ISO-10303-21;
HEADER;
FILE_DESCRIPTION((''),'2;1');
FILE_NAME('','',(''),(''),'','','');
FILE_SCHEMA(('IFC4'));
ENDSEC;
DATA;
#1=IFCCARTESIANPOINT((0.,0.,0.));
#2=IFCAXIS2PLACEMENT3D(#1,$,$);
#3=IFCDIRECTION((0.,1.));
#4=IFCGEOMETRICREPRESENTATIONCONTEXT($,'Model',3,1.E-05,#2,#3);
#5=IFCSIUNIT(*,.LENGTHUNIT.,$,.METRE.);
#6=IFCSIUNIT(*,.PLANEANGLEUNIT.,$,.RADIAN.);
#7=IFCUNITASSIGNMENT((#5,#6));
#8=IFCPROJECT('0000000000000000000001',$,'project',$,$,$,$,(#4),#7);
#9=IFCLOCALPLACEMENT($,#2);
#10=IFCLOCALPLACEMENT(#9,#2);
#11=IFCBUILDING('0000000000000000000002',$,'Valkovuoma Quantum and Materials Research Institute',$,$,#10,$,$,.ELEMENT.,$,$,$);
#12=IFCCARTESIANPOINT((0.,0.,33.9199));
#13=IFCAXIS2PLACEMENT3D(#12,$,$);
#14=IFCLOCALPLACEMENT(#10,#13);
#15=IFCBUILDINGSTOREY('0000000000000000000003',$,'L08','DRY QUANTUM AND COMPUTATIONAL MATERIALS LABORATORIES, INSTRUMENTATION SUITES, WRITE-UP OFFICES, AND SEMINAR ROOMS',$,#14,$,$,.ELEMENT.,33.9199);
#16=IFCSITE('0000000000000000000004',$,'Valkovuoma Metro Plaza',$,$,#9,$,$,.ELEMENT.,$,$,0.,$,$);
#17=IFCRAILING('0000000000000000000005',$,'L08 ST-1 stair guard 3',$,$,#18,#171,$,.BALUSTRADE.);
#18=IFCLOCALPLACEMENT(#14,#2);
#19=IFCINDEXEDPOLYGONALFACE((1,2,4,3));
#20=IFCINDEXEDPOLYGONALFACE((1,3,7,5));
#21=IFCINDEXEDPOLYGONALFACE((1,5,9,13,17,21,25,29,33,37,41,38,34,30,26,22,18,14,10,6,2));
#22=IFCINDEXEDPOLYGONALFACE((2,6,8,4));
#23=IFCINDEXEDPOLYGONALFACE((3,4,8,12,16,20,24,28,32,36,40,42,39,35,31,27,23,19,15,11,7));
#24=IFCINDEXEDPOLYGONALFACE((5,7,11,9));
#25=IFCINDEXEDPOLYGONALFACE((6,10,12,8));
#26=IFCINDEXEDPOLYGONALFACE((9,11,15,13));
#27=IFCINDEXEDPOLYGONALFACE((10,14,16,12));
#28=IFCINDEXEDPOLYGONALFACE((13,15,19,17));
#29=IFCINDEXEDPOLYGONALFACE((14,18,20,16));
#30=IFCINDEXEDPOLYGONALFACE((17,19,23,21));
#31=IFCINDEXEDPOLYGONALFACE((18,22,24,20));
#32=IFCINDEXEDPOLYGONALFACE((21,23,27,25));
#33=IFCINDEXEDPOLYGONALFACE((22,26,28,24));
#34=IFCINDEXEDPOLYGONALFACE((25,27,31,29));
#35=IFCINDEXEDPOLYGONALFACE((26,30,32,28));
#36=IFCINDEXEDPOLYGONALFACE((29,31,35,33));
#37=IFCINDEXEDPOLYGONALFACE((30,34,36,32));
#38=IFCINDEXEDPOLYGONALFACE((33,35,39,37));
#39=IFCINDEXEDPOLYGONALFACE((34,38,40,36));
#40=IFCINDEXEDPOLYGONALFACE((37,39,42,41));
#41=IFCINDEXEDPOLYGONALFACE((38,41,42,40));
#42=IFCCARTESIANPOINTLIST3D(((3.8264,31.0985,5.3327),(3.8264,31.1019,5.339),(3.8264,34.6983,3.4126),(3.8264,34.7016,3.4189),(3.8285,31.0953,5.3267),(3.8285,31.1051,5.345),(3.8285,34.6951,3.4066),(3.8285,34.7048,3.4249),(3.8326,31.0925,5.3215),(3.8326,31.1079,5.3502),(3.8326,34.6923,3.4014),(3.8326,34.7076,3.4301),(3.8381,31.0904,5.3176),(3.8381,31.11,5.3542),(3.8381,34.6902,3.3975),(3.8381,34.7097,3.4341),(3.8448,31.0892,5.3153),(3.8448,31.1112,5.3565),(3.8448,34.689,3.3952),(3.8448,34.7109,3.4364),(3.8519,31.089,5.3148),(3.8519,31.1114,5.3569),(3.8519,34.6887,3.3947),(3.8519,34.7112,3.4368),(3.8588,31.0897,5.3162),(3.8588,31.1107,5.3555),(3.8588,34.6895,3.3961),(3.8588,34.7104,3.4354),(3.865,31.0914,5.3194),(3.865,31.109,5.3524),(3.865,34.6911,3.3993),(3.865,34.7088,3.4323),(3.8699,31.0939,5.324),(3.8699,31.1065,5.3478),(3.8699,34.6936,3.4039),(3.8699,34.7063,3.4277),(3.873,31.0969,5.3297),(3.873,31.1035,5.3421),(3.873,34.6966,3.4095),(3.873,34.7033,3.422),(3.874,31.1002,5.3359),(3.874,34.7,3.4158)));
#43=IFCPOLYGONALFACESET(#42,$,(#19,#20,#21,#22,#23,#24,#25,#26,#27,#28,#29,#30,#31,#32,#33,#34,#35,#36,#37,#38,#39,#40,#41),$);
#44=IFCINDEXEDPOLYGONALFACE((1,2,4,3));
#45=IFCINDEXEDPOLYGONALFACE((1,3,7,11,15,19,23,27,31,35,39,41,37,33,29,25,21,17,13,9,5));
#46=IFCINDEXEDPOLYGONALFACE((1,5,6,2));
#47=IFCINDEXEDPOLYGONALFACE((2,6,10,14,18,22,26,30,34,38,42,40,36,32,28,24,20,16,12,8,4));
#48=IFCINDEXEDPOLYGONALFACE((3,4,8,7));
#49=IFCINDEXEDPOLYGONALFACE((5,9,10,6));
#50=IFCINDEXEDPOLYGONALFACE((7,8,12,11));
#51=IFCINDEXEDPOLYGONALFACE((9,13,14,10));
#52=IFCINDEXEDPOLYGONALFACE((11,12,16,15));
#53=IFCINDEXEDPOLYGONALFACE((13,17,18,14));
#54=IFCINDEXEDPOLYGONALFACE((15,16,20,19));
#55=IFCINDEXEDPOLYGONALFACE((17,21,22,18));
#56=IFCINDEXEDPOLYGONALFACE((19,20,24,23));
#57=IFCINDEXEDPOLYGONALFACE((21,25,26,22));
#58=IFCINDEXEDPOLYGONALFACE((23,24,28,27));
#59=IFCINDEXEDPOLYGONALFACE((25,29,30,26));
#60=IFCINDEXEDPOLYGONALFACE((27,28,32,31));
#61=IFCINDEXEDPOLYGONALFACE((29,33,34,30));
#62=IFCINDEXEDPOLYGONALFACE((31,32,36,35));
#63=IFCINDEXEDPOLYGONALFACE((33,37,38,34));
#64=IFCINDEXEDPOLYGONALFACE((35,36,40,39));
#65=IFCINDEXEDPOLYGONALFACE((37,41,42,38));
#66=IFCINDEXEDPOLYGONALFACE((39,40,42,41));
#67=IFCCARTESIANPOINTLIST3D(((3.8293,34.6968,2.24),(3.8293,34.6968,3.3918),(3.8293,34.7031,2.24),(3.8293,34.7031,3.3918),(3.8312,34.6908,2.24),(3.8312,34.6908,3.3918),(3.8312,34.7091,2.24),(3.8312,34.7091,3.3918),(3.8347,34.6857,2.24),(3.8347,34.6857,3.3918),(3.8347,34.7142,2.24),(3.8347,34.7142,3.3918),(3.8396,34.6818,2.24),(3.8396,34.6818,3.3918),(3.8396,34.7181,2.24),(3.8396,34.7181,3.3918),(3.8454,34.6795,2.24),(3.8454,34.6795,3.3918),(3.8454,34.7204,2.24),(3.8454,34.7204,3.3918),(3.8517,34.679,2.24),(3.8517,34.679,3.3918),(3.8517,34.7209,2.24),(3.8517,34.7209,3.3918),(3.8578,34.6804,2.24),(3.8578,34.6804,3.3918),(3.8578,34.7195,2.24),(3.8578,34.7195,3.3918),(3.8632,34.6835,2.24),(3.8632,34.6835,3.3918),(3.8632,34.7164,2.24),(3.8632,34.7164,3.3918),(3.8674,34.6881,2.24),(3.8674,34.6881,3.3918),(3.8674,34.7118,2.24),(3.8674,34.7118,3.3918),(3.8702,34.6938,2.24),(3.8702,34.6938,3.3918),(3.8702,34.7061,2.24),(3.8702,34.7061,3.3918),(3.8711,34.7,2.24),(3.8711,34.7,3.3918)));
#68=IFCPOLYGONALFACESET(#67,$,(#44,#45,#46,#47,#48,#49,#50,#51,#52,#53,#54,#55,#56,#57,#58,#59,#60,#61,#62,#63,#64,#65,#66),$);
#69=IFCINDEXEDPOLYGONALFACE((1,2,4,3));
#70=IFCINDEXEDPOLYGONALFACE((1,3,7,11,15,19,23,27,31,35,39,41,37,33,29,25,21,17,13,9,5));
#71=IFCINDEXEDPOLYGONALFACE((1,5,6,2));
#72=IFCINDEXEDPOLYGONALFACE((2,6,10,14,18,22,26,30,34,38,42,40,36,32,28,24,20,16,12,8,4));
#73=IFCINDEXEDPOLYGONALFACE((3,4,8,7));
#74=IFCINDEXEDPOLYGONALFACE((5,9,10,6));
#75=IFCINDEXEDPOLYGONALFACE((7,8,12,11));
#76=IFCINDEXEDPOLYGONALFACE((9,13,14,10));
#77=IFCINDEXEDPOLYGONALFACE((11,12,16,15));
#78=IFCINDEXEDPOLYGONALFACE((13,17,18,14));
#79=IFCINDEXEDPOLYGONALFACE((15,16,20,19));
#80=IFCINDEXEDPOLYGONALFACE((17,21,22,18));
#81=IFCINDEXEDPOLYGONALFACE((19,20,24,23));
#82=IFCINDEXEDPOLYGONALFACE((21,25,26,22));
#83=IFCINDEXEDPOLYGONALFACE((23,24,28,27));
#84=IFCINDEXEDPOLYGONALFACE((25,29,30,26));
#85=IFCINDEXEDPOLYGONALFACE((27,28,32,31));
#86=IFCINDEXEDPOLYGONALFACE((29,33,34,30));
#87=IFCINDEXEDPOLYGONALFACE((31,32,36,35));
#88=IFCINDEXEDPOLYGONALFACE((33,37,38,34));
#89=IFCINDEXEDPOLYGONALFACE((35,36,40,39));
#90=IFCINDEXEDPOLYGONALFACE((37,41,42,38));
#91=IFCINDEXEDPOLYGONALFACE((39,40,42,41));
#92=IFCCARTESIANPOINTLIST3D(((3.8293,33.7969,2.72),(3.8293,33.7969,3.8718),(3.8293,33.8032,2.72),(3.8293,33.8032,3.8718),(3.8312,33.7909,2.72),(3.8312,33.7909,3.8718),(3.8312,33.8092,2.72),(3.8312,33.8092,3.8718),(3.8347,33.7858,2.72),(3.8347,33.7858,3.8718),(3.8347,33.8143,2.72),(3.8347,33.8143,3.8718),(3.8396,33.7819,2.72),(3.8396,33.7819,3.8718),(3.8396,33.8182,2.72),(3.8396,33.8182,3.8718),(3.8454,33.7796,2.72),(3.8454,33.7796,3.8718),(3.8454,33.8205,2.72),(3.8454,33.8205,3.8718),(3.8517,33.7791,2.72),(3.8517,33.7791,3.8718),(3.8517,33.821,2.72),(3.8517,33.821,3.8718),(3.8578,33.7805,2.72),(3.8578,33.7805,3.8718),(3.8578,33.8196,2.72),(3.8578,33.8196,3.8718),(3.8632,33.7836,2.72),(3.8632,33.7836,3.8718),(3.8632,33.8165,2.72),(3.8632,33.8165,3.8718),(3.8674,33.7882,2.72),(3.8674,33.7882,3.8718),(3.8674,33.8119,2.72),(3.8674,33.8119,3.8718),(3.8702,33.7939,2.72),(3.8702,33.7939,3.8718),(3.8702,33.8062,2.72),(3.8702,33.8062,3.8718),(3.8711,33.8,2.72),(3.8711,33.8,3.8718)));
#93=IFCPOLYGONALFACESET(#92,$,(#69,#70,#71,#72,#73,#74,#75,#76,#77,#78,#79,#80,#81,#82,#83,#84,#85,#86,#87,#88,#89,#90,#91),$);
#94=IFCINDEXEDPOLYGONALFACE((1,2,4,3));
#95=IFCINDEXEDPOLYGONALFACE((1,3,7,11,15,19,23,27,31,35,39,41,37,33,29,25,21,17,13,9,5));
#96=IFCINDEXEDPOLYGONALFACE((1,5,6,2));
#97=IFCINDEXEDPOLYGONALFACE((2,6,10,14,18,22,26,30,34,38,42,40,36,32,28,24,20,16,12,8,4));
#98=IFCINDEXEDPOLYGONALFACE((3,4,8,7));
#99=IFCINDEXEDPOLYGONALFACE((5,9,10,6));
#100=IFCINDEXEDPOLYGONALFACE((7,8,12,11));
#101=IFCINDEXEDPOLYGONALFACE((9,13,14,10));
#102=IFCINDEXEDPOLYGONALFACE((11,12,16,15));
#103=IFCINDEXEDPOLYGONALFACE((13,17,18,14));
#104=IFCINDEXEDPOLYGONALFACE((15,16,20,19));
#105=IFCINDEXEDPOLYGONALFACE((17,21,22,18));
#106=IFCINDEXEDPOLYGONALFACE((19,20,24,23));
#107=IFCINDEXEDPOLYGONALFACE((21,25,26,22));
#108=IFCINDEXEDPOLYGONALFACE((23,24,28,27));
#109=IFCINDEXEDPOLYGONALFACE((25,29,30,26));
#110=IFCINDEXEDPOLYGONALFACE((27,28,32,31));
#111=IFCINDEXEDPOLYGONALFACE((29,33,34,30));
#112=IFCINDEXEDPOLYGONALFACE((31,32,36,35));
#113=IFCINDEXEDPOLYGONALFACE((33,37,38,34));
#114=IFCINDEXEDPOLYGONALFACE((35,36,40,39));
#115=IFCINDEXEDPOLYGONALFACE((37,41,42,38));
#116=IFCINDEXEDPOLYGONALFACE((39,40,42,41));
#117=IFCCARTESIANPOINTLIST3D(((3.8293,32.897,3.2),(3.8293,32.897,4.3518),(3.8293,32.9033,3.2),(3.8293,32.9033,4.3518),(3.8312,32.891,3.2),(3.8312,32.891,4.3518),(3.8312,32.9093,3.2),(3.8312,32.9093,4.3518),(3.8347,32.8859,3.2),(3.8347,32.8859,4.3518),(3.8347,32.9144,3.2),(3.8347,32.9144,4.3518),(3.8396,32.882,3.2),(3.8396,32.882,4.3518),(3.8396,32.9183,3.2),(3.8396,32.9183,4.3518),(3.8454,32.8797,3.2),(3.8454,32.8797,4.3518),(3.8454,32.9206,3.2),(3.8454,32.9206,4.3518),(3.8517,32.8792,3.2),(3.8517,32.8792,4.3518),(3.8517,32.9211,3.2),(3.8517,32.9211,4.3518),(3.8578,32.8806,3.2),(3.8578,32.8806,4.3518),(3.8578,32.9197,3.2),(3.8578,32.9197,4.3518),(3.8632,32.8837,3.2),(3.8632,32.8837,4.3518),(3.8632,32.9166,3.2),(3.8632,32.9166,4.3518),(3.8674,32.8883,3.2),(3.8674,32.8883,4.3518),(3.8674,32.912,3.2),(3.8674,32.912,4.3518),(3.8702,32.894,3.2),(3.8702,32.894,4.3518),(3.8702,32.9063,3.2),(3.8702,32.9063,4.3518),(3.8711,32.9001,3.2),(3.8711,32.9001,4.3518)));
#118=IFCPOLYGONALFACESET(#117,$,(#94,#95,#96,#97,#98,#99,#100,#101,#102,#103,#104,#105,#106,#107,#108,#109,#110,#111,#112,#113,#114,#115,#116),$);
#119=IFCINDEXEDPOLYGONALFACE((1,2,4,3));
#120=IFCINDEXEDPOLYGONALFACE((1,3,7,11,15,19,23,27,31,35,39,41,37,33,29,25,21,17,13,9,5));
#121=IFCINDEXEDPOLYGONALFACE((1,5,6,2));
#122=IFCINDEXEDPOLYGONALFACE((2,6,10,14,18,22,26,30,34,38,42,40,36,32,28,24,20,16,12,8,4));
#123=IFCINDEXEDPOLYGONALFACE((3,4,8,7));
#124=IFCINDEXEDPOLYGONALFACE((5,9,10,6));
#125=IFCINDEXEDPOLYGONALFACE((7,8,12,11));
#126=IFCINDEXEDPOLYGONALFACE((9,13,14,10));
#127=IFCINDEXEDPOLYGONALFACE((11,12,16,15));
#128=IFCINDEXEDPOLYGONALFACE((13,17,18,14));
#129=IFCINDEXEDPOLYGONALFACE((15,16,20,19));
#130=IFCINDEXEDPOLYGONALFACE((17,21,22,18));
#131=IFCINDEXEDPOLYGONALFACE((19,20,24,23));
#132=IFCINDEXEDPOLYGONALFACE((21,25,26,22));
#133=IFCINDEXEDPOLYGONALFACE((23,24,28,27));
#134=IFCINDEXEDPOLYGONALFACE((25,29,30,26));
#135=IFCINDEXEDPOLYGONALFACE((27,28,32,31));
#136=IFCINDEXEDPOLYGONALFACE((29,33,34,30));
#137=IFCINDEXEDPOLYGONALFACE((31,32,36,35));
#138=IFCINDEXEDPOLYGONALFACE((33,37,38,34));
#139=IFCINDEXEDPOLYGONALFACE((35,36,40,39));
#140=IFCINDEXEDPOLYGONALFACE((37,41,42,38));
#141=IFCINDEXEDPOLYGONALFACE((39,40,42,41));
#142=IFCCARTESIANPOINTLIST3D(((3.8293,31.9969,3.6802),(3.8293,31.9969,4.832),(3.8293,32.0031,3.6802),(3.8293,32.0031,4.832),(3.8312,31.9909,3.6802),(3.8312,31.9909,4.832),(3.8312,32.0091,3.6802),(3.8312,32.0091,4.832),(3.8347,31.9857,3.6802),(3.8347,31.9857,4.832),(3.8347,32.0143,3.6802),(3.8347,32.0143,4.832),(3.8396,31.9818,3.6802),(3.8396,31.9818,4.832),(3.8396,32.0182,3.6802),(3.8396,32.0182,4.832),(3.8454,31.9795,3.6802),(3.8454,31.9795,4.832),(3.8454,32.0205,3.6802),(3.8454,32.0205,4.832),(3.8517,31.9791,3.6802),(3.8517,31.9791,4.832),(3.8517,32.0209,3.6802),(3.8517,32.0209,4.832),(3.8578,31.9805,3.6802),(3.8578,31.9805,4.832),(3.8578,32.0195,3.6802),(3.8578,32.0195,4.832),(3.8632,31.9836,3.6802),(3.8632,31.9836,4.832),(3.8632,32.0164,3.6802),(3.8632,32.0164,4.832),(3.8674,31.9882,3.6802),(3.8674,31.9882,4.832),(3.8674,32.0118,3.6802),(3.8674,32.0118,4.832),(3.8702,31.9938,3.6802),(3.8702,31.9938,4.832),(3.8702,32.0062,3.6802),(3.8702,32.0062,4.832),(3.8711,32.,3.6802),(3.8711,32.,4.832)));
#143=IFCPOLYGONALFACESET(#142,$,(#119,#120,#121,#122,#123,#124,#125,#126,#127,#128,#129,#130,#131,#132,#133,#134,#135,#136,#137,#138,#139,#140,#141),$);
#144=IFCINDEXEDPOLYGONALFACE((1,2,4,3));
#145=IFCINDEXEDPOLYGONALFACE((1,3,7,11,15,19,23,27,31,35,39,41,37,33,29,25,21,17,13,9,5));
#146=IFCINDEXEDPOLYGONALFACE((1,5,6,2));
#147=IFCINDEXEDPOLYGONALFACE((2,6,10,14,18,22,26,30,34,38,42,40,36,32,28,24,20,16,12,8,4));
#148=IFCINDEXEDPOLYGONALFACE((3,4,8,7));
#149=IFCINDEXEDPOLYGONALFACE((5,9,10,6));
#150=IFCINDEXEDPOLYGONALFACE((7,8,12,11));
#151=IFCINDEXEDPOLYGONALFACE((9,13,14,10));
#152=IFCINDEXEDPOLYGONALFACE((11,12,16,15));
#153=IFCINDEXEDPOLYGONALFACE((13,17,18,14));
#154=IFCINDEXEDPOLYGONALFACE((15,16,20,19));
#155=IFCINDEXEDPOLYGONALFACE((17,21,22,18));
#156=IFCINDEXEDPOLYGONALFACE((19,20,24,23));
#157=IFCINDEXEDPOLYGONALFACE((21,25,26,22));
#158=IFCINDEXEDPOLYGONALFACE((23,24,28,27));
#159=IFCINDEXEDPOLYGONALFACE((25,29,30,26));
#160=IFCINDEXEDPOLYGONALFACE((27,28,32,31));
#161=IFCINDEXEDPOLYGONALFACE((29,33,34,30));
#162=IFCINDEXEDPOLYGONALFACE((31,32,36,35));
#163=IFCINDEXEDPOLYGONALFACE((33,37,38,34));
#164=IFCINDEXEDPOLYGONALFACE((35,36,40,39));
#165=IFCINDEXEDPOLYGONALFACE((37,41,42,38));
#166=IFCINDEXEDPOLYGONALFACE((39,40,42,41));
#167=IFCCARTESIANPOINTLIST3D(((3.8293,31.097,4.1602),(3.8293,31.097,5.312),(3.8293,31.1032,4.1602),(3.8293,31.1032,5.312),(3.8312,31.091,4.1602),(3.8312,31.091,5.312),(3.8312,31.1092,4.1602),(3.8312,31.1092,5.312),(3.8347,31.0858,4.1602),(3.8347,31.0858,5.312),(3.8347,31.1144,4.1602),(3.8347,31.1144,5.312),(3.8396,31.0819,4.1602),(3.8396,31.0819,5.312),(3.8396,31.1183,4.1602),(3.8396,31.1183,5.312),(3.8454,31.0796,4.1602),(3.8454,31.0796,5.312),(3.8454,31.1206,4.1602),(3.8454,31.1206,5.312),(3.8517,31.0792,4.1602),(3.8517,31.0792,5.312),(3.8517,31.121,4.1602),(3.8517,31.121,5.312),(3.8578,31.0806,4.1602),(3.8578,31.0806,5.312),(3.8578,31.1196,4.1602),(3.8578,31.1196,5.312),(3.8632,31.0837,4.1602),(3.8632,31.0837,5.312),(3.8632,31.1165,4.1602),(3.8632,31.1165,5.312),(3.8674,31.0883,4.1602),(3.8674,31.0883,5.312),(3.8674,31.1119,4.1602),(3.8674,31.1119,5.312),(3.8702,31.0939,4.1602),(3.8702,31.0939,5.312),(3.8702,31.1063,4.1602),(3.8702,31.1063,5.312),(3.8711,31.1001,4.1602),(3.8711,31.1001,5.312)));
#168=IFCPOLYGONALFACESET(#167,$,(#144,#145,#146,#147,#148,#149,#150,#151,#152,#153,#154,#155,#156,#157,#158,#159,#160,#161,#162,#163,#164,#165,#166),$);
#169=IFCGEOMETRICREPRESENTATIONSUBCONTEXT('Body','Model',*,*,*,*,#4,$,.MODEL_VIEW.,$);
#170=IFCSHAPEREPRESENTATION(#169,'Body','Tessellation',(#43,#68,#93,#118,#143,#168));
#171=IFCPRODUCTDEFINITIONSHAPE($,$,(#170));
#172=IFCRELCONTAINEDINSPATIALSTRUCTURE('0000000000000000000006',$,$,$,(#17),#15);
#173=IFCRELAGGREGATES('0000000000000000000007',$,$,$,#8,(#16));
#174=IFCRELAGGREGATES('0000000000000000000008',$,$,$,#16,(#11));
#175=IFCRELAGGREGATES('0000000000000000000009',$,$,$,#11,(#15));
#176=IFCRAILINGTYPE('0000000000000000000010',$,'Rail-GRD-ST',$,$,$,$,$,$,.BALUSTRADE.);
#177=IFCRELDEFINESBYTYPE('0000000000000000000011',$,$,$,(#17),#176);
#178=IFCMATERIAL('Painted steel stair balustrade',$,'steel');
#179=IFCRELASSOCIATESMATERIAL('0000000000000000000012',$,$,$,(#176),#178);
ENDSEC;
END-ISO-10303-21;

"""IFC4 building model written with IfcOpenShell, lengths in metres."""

from ifc_helpers import new_model, si_unit, direction, frame, origin, origin_2d, place, context, subcontext, project, spatial, circle, extrude, material, type_object, element, save


model = new_model("IFC4")

# Units and contexts
model_context = context("Model", 3, precision=1e-05, world=origin(), true_north=direction((0.0, 1.0)))
body_context = subcontext(model_context, "Body", "Model", "MODEL_VIEW")
ifc_project = project(units=[si_unit("LENGTHUNIT", "METRE"), si_unit("PLANEANGLEUNIT", "RADIAN")], contexts=[model_context])

# Site, building, storey
site_placement = place(None, origin())
site = spatial("IfcSite", under=ifc_project, at=site_placement, Name="Valkovuoma Metro Plaza", CompositionType="ELEMENT", RefElevation=0.0)
building_placement = place(site_placement, origin())
building = spatial("IfcBuilding", under=site, at=building_placement, Name="Valkovuoma Quantum and Materials Research Institute", CompositionType="ELEMENT")
storey_placement = place(building_placement, frame((0.0, 0.0, 33.9199)))
storey = spatial("IfcBuildingStorey", under=building, at=storey_placement, Name="L08", Description="DRY QUANTUM AND COMPUTATIONAL MATERIALS LABORATORIES, INSTRUMENTATION SUITES, WRITE-UP OFFICES, AND SEMINAR ROOMS", CompositionType="ELEMENT", Elevation=33.9199)

# Railing
ifc_material_1 = material(Name="Painted steel stair balustrade", Category="steel")
railing_type_1 = type_object("IfcRailingType", Name="Rail-GRD-ST", PredefinedType="BALUSTRADE", material=ifc_material_1)
railing_1_placement = place(storey_placement, frame((3.8501, 34.7, 2.24)))
element("IfcRailing", 1, at=railing_1_placement, inside=storey, type_object=railing_type_1, Name="L08 ST-1 stair guard 3", PredefinedType="BALUSTRADE", context=body_context, shape_type="SweptSolid", body=[
    extrude(circle(Radius=0.0239, at=origin_2d()), frame((0.0, 0.0, 1.1758), z_axis=(0.0, -0.882328, 0.470635), x_axis=(1.0, 0.0, 0.0)), (0.0, 0.0, 1.0), 4.0798),
    extrude(circle(Radius=0.021, at=origin_2d()), origin(), (0.0, 0.0, 1.0), 1.1519),
    extrude(circle(Radius=0.021, at=origin_2d()), frame((0.0, -0.8999, 0.48)), (0.0, 0.0, 1.0), 1.1519),
    extrude(circle(Radius=0.021, at=origin_2d()), frame((0.0, -1.7998, 0.96)), (0.0, 0.0, 1.0), 1.1519),
    extrude(circle(Radius=0.021, at=origin_2d()), frame((0.0, -2.7, 1.4402)), (0.0, 0.0, 1.0), 1.1519),
    extrude(circle(Radius=0.021, at=origin_2d()), frame((0.0, -3.5999, 1.9202)), (0.0, 0.0, 1.0), 1.1519),
])

save(model, "model.ifc")
